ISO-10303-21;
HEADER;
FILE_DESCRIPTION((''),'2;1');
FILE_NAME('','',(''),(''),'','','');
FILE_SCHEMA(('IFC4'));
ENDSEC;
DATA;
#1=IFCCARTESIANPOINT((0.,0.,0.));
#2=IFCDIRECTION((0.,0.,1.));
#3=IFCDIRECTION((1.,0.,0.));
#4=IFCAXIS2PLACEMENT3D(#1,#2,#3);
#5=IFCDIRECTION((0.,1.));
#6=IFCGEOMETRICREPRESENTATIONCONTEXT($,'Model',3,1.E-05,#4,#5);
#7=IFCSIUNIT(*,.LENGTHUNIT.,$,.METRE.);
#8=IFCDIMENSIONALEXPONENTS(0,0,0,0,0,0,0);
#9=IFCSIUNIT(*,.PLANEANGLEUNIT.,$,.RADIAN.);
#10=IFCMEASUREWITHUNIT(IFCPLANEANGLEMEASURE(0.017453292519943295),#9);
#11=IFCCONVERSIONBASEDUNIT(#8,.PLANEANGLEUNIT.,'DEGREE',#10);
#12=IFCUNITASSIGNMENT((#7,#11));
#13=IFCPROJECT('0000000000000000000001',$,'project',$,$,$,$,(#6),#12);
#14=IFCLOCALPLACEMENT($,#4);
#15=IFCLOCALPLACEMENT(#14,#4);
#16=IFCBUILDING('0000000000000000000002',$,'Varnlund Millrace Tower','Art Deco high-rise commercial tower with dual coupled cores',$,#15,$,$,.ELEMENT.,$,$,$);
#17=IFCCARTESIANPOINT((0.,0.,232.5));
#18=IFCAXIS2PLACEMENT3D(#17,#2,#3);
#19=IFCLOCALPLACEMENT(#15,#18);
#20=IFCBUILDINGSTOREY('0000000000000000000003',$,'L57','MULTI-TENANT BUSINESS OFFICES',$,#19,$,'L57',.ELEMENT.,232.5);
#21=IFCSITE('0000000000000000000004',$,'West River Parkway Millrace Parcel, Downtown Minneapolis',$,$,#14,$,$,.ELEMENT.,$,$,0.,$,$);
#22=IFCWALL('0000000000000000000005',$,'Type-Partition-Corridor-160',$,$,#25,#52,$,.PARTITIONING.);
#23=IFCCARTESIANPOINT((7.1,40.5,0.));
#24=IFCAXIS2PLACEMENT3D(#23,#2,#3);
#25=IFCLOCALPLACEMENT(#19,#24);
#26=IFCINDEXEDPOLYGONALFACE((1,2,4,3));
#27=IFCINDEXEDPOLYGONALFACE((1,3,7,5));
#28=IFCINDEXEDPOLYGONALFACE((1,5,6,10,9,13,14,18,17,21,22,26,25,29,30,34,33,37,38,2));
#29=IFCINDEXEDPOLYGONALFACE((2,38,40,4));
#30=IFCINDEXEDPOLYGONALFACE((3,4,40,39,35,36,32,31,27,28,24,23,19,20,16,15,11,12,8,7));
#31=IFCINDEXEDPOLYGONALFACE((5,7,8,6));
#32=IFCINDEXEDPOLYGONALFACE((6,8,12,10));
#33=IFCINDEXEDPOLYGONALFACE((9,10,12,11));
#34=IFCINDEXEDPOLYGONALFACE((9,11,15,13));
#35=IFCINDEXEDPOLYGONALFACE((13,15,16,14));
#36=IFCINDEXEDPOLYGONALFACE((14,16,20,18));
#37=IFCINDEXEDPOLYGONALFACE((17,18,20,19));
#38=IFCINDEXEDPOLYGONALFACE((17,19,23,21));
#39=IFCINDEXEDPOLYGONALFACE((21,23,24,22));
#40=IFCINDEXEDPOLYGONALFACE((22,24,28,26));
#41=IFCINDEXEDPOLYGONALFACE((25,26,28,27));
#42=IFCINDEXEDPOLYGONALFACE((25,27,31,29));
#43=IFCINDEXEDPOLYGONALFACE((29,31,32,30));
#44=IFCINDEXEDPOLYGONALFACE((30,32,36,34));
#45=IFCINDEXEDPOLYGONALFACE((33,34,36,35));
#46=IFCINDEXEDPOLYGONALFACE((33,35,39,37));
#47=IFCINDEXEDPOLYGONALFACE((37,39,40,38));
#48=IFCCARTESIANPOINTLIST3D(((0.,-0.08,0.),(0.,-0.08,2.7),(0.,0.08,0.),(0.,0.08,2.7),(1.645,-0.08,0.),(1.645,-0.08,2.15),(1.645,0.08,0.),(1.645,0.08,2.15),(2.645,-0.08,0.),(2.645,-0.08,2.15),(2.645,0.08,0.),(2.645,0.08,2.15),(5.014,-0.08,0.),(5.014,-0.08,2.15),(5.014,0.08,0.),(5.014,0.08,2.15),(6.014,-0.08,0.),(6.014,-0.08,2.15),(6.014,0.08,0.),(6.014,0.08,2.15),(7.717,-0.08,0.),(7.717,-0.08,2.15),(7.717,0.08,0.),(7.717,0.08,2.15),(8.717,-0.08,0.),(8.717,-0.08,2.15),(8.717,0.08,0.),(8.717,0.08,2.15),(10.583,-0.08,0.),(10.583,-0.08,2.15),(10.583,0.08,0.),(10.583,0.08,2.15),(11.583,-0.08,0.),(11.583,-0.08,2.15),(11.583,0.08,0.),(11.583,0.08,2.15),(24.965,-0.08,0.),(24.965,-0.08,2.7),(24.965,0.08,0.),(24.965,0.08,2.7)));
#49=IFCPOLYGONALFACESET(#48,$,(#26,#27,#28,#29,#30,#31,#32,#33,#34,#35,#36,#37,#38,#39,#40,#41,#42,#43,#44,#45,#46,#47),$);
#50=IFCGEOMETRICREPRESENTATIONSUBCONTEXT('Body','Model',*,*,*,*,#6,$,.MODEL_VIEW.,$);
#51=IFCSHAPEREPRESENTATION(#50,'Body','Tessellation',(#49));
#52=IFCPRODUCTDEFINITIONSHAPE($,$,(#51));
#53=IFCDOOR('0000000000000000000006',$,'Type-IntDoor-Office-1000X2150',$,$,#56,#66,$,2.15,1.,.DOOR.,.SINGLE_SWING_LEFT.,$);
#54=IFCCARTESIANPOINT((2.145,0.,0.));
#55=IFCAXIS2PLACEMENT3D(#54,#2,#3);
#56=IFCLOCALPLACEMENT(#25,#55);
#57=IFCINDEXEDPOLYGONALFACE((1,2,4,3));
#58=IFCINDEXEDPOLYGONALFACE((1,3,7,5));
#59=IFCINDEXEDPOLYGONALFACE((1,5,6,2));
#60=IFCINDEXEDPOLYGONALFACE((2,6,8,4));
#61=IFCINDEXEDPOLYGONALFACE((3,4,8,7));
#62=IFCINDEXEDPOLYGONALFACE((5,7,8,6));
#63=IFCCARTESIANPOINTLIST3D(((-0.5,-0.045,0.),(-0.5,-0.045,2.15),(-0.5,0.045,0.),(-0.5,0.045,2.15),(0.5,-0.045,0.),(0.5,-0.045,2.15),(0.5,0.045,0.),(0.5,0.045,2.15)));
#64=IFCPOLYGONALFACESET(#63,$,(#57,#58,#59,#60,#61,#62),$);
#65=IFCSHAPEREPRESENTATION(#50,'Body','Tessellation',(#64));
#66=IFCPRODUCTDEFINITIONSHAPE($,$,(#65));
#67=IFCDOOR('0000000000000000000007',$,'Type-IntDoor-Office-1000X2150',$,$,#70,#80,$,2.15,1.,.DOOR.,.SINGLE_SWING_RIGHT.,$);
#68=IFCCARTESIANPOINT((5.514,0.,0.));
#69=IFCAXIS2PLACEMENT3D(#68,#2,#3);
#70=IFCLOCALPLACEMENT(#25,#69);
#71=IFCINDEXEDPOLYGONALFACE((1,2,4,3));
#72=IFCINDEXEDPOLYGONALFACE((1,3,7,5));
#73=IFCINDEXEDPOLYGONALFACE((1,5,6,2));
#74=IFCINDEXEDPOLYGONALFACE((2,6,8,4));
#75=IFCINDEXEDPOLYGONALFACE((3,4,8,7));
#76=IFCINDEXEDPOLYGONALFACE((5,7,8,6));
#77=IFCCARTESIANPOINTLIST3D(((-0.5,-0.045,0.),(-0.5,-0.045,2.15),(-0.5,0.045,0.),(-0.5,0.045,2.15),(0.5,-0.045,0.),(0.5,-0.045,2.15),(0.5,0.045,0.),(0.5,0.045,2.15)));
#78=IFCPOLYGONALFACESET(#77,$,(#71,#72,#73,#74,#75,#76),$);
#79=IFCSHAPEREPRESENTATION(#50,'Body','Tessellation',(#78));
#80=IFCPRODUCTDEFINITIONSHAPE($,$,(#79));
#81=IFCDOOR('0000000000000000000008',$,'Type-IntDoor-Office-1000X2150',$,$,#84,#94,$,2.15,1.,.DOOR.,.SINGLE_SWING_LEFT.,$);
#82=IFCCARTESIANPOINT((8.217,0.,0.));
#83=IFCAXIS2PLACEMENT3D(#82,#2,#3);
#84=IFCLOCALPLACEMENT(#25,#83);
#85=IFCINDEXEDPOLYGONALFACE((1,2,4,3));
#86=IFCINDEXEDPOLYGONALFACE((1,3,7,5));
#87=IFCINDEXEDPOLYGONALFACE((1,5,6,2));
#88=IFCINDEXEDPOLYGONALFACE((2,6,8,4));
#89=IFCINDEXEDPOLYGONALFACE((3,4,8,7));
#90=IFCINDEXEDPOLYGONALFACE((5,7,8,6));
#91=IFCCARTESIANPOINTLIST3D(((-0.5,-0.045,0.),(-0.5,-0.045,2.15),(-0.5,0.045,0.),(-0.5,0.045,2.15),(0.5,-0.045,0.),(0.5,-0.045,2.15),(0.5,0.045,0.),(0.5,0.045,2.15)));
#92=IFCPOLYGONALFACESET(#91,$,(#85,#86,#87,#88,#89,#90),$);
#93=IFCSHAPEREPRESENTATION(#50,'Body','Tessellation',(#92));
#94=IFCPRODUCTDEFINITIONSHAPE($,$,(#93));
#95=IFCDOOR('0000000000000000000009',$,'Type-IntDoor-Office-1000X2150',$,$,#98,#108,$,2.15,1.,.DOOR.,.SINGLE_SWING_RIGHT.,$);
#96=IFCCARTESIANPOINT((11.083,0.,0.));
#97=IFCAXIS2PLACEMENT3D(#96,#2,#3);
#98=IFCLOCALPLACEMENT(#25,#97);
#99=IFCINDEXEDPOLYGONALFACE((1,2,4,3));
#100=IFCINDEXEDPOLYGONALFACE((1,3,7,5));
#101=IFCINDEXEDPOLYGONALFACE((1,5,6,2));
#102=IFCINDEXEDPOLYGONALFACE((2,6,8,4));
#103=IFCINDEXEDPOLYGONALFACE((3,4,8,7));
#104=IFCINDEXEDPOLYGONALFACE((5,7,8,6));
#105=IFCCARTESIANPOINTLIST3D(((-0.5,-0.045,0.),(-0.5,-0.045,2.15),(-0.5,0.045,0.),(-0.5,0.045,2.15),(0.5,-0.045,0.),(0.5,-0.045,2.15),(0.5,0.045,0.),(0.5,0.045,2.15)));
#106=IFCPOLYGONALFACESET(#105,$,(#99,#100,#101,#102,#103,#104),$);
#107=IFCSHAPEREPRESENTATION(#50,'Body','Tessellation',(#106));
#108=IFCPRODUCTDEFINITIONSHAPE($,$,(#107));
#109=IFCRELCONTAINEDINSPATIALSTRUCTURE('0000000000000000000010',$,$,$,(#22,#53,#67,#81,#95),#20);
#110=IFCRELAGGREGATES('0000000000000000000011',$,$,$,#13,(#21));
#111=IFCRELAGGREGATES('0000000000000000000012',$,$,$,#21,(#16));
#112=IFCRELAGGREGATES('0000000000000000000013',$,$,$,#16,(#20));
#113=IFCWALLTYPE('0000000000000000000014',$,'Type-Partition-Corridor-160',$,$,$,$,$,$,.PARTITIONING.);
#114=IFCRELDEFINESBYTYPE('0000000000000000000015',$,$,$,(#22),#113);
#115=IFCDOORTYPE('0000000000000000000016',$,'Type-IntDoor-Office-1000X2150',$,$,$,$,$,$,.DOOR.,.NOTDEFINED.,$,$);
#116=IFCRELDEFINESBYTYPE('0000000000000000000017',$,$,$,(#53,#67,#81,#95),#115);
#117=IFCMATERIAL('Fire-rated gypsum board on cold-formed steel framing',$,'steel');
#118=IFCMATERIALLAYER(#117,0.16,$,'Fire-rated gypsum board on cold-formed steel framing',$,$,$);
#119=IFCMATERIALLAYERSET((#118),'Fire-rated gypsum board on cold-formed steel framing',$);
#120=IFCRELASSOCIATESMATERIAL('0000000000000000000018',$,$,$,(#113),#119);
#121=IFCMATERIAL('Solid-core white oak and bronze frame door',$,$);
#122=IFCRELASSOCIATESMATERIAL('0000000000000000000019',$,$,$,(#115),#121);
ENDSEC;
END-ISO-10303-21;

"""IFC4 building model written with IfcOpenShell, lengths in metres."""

from ifc_helpers import new_model, entity, si_unit, converted_unit, direction, frame, origin_with_axes, origin_2d_with_axis, place, context, subcontext, project, spatial, polyline, rectangle, outline, extrude, material, layer, layer_set, type_object, element, fill, save


model = new_model("IFC4")

# Units and contexts
model_context = context("Model", 3, precision=1e-05, world=origin_with_axes(), true_north=direction((0.0, 1.0)))
body_context = subcontext(model_context, "Body", "Model", "MODEL_VIEW")
ifc_project = project(units=[si_unit("LENGTHUNIT", "METRE"), converted_unit("PLANEANGLEUNIT", "DEGREE", entity("IfcPlaneAngleMeasure", 0.017453292519943295), si_unit("PLANEANGLEUNIT", "RADIAN"), dimensions=[0, 0, 0, 0, 0, 0, 0])], contexts=[model_context])

# Site, building, storey
site_placement = place(None, origin_with_axes())
site = spatial("IfcSite", under=ifc_project, at=site_placement, Name="West River Parkway Millrace Parcel, Downtown Minneapolis", CompositionType="ELEMENT", RefElevation=0.0)
building_placement = place(site_placement, origin_with_axes())
building = spatial("IfcBuilding", under=site, at=building_placement, Name="Varnlund Millrace Tower", Description="Art Deco high-rise commercial tower with dual coupled cores", CompositionType="ELEMENT")
storey_placement = place(building_placement, frame((0.0, 0.0, 232.5), z_axis=(0.0, 0.0, 1.0), x_axis=(1.0, 0.0, 0.0)))
storey = spatial("IfcBuildingStorey", under=building, at=storey_placement, Name="L57", Description="MULTI-TENANT BUSINESS OFFICES", LongName="L57", CompositionType="ELEMENT", Elevation=232.5)

# Wall, openings, doors
ifc_material_1 = material(Name="Fire-rated gypsum board on cold-formed steel framing", Category="steel")
ifc_layer_1 = layer(ifc_material_1, 0.16, Name="Fire-rated gypsum board on cold-formed steel framing")
ifc_layer_set_1 = layer_set([ifc_layer_1], Name="Fire-rated gypsum board on cold-formed steel framing")
wall_type_1 = type_object("IfcWallType", Name="Type-Partition-Corridor-160", PredefinedType="PARTITIONING", material=ifc_layer_set_1)
wall_1_placement = place(storey_placement, frame((7.1, 40.5, 0.0), z_axis=(0.0, 0.0, 1.0), x_axis=(1.0, 0.0, 0.0)))
wall_1 = element("IfcWall", 1, at=wall_1_placement, inside=storey, type_object=wall_type_1, Name="Type-Partition-Corridor-160", PredefinedType="PARTITIONING", context=body_context, shape_type="SweptSolid", body=[
    extrude(outline(polyline([(0.0, -0.08), (24.965, -0.08), (24.965, 0.08), (0.0, 0.08), (0.0, -0.08)])), origin_with_axes(), (0.0, 0.0, 1.0), 2.7),
])
opening_1_placement = place(wall_1_placement, frame((2.145, 0.0, 0.0), z_axis=(0.0, 0.0, 1.0), x_axis=(1.0, 0.0, 0.0)))
opening_1 = element("IfcOpeningElement", 2, at=opening_1_placement, cuts=wall_1, PredefinedType="OPENING", context=body_context, shape_type="SweptSolid", body=[
    extrude(rectangle(XDim=1.0, YDim=0.18, at=origin_2d_with_axis()), origin_with_axes(), (0.0, 0.0, 1.0), 2.15),
])
opening_2_placement = place(wall_1_placement, frame((5.514, 0.0, 0.0), z_axis=(0.0, 0.0, 1.0), x_axis=(1.0, 0.0, 0.0)))
opening_2 = element("IfcOpeningElement", 3, at=opening_2_placement, cuts=wall_1, PredefinedType="OPENING", context=body_context, shape_type="SweptSolid", body=[
    extrude(rectangle(XDim=1.0, YDim=0.18, at=origin_2d_with_axis()), origin_with_axes(), (0.0, 0.0, 1.0), 2.15),
])
opening_3_placement = place(wall_1_placement, frame((8.217, 0.0, 0.0), z_axis=(0.0, 0.0, 1.0), x_axis=(1.0, 0.0, 0.0)))
opening_3 = element("IfcOpeningElement", 4, at=opening_3_placement, cuts=wall_1, PredefinedType="OPENING", context=body_context, shape_type="SweptSolid", body=[
    extrude(rectangle(XDim=1.0, YDim=0.18, at=origin_2d_with_axis()), origin_with_axes(), (0.0, 0.0, 1.0), 2.15),
])
opening_4_placement = place(wall_1_placement, frame((11.083, 0.0, 0.0), z_axis=(0.0, 0.0, 1.0), x_axis=(1.0, 0.0, 0.0)))
opening_4 = element("IfcOpeningElement", 5, at=opening_4_placement, cuts=wall_1, PredefinedType="OPENING", context=body_context, shape_type="SweptSolid", body=[
    extrude(rectangle(XDim=1.0, YDim=0.18, at=origin_2d_with_axis()), origin_with_axes(), (0.0, 0.0, 1.0), 2.15),
])
ifc_material_2 = material(Name="Solid-core white oak and bronze frame door")
door_type = type_object("IfcDoorType", Name="Type-IntDoor-Office-1000X2150", OperationType="NOTDEFINED", PredefinedType="DOOR", material=ifc_material_2)
door_1_placement = place(wall_1_placement, frame((2.145, 0.0, 0.0), z_axis=(0.0, 0.0, 1.0), x_axis=(1.0, 0.0, 0.0)))
door_1 = element("IfcDoor", 6, at=door_1_placement, inside=storey, type_object=door_type, Name="Type-IntDoor-Office-1000X2150", OperationType="SINGLE_SWING_LEFT", OverallHeight=2.15, OverallWidth=1.0, PredefinedType="DOOR", context=body_context, shape_type="SweptSolid", body=[
    extrude(rectangle(XDim=1.0, YDim=0.09, at=origin_2d_with_axis()), origin_with_axes(), (0.0, 0.0, 1.0), 2.15),
])
fill(opening_1, door_1)
door_2_placement = place(wall_1_placement, frame((5.514, 0.0, 0.0), z_axis=(0.0, 0.0, 1.0), x_axis=(1.0, 0.0, 0.0)))
door_2 = element("IfcDoor", 7, at=door_2_placement, inside=storey, type_object=door_type, Name="Type-IntDoor-Office-1000X2150", OperationType="SINGLE_SWING_RIGHT", OverallHeight=2.15, OverallWidth=1.0, PredefinedType="DOOR", context=body_context, shape_type="SweptSolid", body=[
    extrude(rectangle(XDim=1.0, YDim=0.09, at=origin_2d_with_axis()), origin_with_axes(), (0.0, 0.0, 1.0), 2.15),
])
fill(opening_2, door_2)
door_3_placement = place(wall_1_placement, frame((8.217, 0.0, 0.0), z_axis=(0.0, 0.0, 1.0), x_axis=(1.0, 0.0, 0.0)))
door_3 = element("IfcDoor", 8, at=door_3_placement, inside=storey, type_object=door_type, Name="Type-IntDoor-Office-1000X2150", OperationType="SINGLE_SWING_LEFT", OverallHeight=2.15, OverallWidth=1.0, PredefinedType="DOOR", context=body_context, shape_type="SweptSolid", body=[
    extrude(rectangle(XDim=1.0, YDim=0.09, at=origin_2d_with_axis()), origin_with_axes(), (0.0, 0.0, 1.0), 2.15),
])
fill(opening_3, door_3)
door_4_placement = place(wall_1_placement, frame((11.083, 0.0, 0.0), z_axis=(0.0, 0.0, 1.0), x_axis=(1.0, 0.0, 0.0)))
door_4 = element("IfcDoor", 9, at=door_4_placement, inside=storey, type_object=door_type, Name="Type-IntDoor-Office-1000X2150", OperationType="SINGLE_SWING_RIGHT", OverallHeight=2.15, OverallWidth=1.0, PredefinedType="DOOR", context=body_context, shape_type="SweptSolid", body=[
    extrude(rectangle(XDim=1.0, YDim=0.09, at=origin_2d_with_axis()), origin_with_axes(), (0.0, 0.0, 1.0), 2.15),
])
fill(opening_4, door_4)

save(model, "model.ifc")
